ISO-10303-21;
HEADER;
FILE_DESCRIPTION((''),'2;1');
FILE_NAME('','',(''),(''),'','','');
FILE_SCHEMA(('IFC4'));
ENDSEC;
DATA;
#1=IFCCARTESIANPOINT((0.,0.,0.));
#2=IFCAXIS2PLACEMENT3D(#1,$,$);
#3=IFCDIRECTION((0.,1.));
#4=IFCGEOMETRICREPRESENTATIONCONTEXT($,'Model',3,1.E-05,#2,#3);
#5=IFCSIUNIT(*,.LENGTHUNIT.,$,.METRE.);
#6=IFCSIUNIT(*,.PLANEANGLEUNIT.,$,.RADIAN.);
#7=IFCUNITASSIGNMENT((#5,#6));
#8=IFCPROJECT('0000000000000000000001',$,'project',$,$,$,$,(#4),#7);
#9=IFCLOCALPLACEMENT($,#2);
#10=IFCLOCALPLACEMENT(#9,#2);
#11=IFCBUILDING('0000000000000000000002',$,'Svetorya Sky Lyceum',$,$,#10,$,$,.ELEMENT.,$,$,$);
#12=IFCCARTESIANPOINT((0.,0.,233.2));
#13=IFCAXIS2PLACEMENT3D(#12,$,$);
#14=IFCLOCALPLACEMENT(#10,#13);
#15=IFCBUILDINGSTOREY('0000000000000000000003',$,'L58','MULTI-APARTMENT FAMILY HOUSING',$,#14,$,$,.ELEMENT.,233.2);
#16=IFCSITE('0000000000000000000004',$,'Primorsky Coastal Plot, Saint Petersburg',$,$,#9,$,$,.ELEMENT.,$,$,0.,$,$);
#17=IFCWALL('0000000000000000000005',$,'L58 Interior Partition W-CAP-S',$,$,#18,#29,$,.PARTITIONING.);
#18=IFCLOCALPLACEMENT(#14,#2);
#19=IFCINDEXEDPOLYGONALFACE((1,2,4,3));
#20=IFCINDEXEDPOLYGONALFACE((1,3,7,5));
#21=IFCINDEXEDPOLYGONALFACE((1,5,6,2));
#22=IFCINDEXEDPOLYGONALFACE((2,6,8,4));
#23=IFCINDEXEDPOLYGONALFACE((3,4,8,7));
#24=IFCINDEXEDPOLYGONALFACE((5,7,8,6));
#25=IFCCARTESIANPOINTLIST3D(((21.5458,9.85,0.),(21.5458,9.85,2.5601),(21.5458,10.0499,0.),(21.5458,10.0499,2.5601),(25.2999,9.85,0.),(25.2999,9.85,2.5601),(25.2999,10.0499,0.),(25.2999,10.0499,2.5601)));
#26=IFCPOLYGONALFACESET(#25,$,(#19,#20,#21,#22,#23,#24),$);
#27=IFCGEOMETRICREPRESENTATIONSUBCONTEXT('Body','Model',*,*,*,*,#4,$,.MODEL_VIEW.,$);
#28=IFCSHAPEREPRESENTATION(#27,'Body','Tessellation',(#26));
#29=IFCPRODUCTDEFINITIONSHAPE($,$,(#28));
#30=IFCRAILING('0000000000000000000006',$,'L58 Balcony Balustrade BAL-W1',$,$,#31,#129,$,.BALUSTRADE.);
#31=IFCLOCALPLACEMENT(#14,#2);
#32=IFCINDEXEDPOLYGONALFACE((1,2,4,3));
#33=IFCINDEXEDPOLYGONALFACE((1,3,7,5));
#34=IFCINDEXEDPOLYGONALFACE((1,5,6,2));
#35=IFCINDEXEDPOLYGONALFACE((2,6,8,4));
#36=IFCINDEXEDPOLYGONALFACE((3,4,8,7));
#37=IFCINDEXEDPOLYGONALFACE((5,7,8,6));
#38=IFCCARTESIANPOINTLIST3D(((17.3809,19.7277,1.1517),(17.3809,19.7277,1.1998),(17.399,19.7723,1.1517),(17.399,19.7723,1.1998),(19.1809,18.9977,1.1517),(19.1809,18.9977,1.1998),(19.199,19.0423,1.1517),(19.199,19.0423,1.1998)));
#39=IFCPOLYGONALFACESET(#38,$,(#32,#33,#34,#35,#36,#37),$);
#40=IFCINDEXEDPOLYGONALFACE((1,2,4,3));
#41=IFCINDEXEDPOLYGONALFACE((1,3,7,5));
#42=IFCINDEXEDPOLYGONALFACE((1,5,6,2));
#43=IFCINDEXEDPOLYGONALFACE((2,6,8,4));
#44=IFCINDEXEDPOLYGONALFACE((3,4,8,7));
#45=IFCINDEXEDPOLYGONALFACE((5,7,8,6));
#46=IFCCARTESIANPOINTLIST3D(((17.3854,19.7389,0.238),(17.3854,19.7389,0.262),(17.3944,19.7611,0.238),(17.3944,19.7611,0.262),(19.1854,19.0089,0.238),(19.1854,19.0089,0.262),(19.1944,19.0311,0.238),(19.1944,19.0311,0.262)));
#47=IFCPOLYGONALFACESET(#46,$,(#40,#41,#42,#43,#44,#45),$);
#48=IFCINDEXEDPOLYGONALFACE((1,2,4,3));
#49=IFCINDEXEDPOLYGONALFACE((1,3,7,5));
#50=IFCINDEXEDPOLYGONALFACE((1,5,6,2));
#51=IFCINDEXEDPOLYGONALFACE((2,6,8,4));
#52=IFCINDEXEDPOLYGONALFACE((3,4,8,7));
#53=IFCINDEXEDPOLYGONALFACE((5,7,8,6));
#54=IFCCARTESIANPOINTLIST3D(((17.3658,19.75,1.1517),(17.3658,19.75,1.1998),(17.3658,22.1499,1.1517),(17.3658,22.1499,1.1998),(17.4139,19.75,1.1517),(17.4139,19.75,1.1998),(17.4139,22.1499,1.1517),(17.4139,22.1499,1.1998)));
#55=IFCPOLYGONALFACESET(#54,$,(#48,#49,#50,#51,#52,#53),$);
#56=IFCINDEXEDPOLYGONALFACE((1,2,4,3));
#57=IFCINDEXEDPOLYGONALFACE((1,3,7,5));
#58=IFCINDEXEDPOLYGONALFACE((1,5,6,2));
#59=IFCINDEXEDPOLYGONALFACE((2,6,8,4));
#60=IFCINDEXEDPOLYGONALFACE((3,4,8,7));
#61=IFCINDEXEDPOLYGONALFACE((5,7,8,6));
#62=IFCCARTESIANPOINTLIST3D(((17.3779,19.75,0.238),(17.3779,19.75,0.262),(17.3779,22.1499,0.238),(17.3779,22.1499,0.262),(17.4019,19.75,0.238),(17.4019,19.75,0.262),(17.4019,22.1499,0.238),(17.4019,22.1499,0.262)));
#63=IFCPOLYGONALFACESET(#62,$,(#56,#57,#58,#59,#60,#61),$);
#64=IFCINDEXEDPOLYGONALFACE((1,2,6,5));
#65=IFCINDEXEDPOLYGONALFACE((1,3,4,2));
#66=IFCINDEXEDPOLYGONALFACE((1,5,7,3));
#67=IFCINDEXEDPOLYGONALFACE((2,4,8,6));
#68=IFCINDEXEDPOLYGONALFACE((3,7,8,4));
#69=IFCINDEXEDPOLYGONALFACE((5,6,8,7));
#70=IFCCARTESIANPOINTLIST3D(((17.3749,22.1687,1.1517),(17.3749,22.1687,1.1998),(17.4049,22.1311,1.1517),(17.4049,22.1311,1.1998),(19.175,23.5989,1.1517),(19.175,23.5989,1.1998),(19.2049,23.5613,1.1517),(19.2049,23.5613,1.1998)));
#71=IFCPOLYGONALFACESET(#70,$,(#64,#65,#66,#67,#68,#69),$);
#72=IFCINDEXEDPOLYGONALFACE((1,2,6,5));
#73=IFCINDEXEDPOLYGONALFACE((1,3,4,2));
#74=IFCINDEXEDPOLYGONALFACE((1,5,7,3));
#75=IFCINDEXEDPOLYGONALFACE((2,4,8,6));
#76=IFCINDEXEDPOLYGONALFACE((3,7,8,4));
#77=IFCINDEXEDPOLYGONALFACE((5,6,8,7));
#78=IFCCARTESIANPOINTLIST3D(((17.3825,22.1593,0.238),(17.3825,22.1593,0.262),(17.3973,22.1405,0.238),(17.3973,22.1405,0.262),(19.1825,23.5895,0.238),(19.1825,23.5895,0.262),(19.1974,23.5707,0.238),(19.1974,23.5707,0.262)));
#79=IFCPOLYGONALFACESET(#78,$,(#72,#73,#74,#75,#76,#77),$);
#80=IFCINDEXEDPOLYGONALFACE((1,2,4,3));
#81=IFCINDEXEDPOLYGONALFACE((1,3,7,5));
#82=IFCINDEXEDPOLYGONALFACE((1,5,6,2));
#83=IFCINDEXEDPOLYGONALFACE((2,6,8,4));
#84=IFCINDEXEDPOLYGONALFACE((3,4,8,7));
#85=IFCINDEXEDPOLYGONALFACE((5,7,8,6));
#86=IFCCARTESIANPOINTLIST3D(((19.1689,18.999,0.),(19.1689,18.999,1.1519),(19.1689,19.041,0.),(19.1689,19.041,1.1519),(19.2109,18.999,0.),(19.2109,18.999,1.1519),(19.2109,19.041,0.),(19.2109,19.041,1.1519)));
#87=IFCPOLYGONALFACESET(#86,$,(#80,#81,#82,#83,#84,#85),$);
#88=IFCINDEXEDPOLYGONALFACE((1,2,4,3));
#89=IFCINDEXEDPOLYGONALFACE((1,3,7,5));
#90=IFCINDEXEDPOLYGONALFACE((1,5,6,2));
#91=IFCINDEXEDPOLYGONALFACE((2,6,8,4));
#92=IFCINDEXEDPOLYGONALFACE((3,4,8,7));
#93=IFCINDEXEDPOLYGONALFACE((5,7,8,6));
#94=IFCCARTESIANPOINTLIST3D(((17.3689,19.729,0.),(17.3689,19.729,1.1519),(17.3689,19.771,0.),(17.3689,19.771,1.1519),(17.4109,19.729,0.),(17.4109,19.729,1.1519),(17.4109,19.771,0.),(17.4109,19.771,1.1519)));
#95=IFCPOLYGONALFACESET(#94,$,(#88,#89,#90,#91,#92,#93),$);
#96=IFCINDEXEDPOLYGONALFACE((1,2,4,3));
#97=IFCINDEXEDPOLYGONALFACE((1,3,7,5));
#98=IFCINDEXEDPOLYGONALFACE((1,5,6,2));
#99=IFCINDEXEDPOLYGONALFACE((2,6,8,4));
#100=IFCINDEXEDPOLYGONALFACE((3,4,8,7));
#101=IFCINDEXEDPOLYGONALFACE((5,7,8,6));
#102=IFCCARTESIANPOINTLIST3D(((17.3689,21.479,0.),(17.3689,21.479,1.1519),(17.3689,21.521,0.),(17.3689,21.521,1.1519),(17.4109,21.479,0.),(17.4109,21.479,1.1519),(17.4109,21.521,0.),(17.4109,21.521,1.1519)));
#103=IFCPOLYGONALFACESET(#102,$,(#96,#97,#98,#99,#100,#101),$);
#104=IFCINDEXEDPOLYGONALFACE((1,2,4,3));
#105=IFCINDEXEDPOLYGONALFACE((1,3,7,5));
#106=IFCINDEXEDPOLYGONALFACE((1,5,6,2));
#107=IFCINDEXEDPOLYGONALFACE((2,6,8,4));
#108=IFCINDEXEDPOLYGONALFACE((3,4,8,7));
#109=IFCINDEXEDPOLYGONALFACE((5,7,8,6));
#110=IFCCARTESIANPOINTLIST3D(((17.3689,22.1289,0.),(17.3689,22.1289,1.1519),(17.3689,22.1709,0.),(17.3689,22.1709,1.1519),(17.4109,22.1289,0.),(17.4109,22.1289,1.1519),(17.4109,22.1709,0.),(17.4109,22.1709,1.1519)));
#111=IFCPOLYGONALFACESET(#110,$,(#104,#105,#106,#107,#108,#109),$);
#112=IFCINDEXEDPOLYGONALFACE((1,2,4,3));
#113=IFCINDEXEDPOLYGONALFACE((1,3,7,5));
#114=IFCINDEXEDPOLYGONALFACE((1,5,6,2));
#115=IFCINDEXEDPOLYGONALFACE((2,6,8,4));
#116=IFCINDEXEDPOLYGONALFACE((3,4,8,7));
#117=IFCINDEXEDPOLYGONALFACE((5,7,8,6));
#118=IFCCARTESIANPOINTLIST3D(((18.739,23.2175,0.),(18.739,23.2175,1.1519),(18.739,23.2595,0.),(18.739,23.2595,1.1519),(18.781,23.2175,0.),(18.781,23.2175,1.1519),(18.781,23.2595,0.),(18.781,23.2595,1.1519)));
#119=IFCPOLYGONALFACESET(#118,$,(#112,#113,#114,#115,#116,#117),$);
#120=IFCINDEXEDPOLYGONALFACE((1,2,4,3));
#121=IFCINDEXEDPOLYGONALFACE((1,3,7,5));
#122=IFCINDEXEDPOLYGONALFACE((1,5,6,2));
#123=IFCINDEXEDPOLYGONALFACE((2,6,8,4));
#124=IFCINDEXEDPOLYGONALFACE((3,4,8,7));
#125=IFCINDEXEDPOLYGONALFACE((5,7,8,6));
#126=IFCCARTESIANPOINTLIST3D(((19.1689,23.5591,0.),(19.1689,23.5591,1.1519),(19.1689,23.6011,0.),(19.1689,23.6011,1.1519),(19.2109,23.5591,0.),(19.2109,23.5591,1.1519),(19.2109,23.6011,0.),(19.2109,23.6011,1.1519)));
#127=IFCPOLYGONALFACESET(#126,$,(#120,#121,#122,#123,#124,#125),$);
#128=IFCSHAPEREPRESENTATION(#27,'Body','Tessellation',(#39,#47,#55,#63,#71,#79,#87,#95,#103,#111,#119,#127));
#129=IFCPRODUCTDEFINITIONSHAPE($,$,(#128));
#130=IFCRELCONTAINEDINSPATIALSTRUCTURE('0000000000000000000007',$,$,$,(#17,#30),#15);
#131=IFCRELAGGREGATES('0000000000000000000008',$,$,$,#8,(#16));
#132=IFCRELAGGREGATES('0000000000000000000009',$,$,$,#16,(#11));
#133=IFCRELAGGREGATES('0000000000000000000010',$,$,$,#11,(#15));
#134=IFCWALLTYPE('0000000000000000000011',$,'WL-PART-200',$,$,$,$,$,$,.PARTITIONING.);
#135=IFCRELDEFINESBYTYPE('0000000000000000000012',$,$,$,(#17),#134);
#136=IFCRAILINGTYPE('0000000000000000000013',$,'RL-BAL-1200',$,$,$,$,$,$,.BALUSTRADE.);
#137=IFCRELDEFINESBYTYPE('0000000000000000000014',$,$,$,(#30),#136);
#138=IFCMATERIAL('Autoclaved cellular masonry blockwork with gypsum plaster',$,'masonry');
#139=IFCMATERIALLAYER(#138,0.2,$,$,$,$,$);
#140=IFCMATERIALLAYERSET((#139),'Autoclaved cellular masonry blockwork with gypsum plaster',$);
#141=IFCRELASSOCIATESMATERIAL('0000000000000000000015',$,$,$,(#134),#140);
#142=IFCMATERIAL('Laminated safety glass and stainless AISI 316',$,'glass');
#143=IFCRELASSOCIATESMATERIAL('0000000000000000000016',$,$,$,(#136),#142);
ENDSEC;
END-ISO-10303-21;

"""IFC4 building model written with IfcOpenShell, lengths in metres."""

from ifc_helpers import new_model, si_unit, direction, frame, frame_2d, origin, origin_2d, place, context, subcontext, project, spatial, rectangle, extrude, material, layer, layer_set, type_object, element, save


model = new_model("IFC4")

# Units and contexts
model_context = context("Model", 3, precision=1e-05, world=origin(), true_north=direction((0.0, 1.0)))
body_context = subcontext(model_context, "Body", "Model", "MODEL_VIEW")
ifc_project = project(units=[si_unit("LENGTHUNIT", "METRE"), si_unit("PLANEANGLEUNIT", "RADIAN")], contexts=[model_context])

# Site, building, storey
site_placement = place(None, origin())
site = spatial("IfcSite", under=ifc_project, at=site_placement, Name="Primorsky Coastal Plot, Saint Petersburg", CompositionType="ELEMENT", RefElevation=0.0)
building_placement = place(site_placement, origin())
building = spatial("IfcBuilding", under=site, at=building_placement, Name="Svetorya Sky Lyceum", CompositionType="ELEMENT")
storey_placement = place(building_placement, frame((0.0, 0.0, 233.2)))
storey = spatial("IfcBuildingStorey", under=building, at=storey_placement, Name="L58", Description="MULTI-APARTMENT FAMILY HOUSING", CompositionType="ELEMENT", Elevation=233.2)

# Wall
ifc_material_1 = material(Name="Autoclaved cellular masonry blockwork with gypsum plaster", Category="masonry")
ifc_layer_1 = layer(ifc_material_1, 0.2)
ifc_layer_set_1 = layer_set([ifc_layer_1], Name="Autoclaved cellular masonry blockwork with gypsum plaster")
wall_type_1 = type_object("IfcWallType", Name="WL-PART-200", PredefinedType="PARTITIONING", material=ifc_layer_set_1)
wall_1_placement = place(storey_placement, frame((21.5459, 9.95, 0.0), z_axis=(0.0, 0.0, 1.0), x_axis=(1.0, 0.0, 0.0)))
element("IfcWall", 1, at=wall_1_placement, inside=storey, type_object=wall_type_1, Name="L58 Interior Partition W-CAP-S", PredefinedType="PARTITIONING", context=body_context, shape_type="SweptSolid", body=[
    extrude(rectangle(XDim=3.7542, YDim=0.2, at=frame_2d((1.877, 0.0))), origin(), (0.0, 0.0, 1.0), 2.5601),
])

# Railing
ifc_material_2 = material(Name="Laminated safety glass and stainless AISI 316", Category="glass")
railing_type = type_object("IfcRailingType", Name="RL-BAL-1200", PredefinedType="BALUSTRADE", material=ifc_material_2)
railing_placement = place(storey_placement, frame((19.1899, 19.02, 0.0)))
element("IfcRailing", 2, at=railing_placement, inside=storey, type_object=railing_type, Name="L58 Balcony Balustrade BAL-W1", PredefinedType="BALUSTRADE", context=body_context, shape_type="SweptSolid", body=[
    extrude(rectangle(XDim=0.0481, YDim=0.0481, at=origin_2d()), frame((0.0, 0.0, 1.1758), z_axis=(-0.926698, 0.375807, 0.0), x_axis=(-0.375807, -0.926698, 0.0)), (0.0, 0.0, 1.0), 1.9424),
    extrude(rectangle(XDim=0.0239, YDim=0.0239, at=origin_2d()), frame((0.0, 0.0, 0.25), z_axis=(-0.926698, 0.375807, 0.0), x_axis=(-0.375807, -0.926698, 0.0)), (0.0, 0.0, 1.0), 1.9424),
    extrude(rectangle(XDim=0.0481, YDim=0.0481, at=origin_2d()), frame((-1.8, 0.73, 1.1758), z_axis=(0.0, 1.0, 0.0), x_axis=(-1.0, 0.0, 0.0)), (0.0, 0.0, 1.0), 2.3999),
    extrude(rectangle(XDim=0.0239, YDim=0.0239, at=origin_2d()), frame((-1.8, 0.73, 0.25), z_axis=(0.0, 1.0, 0.0), x_axis=(-1.0, 0.0, 0.0)), (0.0, 0.0, 1.0), 2.3999),
    extrude(rectangle(XDim=0.0481, YDim=0.0481, at=origin_2d()), frame((-1.8, 3.1299, 1.1758), z_axis=(0.782957, 0.622076, 0.0), x_axis=(-0.622076, 0.782957, 0.0)), (0.0, 0.0, 1.0), 2.2991),
    extrude(rectangle(XDim=0.0239, YDim=0.0239, at=origin_2d()), frame((-1.8, 3.1299, 0.25), z_axis=(0.782957, 0.622076, 0.0), x_axis=(-0.622076, 0.782957, 0.0)), (0.0, 0.0, 1.0), 2.2991),
    extrude(rectangle(XDim=0.042, YDim=0.042, at=origin_2d()), origin(), (0.0, 0.0, 1.0), 1.1519),
    extrude(rectangle(XDim=0.042, YDim=0.042, at=origin_2d()), frame((-1.8, 0.73, 0.0)), (0.0, 0.0, 1.0), 1.1519),
    extrude(rectangle(XDim=0.042, YDim=0.042, at=origin_2d()), frame((-1.8, 2.48, 0.0)), (0.0, 0.0, 1.0), 1.1519),
    extrude(rectangle(XDim=0.042, YDim=0.042, at=origin_2d()), frame((-1.8, 3.1299, 0.0)), (0.0, 0.0, 1.0), 1.1519),
    extrude(rectangle(XDim=0.042, YDim=0.042, at=origin_2d()), frame((-0.4299, 4.2185, 0.0)), (0.0, 0.0, 1.0), 1.1519),
    extrude(rectangle(XDim=0.042, YDim=0.042, at=origin_2d()), frame((0.0, 4.5601, 0.0)), (0.0, 0.0, 1.0), 1.1519),
])

save(model, "model.ifc")
